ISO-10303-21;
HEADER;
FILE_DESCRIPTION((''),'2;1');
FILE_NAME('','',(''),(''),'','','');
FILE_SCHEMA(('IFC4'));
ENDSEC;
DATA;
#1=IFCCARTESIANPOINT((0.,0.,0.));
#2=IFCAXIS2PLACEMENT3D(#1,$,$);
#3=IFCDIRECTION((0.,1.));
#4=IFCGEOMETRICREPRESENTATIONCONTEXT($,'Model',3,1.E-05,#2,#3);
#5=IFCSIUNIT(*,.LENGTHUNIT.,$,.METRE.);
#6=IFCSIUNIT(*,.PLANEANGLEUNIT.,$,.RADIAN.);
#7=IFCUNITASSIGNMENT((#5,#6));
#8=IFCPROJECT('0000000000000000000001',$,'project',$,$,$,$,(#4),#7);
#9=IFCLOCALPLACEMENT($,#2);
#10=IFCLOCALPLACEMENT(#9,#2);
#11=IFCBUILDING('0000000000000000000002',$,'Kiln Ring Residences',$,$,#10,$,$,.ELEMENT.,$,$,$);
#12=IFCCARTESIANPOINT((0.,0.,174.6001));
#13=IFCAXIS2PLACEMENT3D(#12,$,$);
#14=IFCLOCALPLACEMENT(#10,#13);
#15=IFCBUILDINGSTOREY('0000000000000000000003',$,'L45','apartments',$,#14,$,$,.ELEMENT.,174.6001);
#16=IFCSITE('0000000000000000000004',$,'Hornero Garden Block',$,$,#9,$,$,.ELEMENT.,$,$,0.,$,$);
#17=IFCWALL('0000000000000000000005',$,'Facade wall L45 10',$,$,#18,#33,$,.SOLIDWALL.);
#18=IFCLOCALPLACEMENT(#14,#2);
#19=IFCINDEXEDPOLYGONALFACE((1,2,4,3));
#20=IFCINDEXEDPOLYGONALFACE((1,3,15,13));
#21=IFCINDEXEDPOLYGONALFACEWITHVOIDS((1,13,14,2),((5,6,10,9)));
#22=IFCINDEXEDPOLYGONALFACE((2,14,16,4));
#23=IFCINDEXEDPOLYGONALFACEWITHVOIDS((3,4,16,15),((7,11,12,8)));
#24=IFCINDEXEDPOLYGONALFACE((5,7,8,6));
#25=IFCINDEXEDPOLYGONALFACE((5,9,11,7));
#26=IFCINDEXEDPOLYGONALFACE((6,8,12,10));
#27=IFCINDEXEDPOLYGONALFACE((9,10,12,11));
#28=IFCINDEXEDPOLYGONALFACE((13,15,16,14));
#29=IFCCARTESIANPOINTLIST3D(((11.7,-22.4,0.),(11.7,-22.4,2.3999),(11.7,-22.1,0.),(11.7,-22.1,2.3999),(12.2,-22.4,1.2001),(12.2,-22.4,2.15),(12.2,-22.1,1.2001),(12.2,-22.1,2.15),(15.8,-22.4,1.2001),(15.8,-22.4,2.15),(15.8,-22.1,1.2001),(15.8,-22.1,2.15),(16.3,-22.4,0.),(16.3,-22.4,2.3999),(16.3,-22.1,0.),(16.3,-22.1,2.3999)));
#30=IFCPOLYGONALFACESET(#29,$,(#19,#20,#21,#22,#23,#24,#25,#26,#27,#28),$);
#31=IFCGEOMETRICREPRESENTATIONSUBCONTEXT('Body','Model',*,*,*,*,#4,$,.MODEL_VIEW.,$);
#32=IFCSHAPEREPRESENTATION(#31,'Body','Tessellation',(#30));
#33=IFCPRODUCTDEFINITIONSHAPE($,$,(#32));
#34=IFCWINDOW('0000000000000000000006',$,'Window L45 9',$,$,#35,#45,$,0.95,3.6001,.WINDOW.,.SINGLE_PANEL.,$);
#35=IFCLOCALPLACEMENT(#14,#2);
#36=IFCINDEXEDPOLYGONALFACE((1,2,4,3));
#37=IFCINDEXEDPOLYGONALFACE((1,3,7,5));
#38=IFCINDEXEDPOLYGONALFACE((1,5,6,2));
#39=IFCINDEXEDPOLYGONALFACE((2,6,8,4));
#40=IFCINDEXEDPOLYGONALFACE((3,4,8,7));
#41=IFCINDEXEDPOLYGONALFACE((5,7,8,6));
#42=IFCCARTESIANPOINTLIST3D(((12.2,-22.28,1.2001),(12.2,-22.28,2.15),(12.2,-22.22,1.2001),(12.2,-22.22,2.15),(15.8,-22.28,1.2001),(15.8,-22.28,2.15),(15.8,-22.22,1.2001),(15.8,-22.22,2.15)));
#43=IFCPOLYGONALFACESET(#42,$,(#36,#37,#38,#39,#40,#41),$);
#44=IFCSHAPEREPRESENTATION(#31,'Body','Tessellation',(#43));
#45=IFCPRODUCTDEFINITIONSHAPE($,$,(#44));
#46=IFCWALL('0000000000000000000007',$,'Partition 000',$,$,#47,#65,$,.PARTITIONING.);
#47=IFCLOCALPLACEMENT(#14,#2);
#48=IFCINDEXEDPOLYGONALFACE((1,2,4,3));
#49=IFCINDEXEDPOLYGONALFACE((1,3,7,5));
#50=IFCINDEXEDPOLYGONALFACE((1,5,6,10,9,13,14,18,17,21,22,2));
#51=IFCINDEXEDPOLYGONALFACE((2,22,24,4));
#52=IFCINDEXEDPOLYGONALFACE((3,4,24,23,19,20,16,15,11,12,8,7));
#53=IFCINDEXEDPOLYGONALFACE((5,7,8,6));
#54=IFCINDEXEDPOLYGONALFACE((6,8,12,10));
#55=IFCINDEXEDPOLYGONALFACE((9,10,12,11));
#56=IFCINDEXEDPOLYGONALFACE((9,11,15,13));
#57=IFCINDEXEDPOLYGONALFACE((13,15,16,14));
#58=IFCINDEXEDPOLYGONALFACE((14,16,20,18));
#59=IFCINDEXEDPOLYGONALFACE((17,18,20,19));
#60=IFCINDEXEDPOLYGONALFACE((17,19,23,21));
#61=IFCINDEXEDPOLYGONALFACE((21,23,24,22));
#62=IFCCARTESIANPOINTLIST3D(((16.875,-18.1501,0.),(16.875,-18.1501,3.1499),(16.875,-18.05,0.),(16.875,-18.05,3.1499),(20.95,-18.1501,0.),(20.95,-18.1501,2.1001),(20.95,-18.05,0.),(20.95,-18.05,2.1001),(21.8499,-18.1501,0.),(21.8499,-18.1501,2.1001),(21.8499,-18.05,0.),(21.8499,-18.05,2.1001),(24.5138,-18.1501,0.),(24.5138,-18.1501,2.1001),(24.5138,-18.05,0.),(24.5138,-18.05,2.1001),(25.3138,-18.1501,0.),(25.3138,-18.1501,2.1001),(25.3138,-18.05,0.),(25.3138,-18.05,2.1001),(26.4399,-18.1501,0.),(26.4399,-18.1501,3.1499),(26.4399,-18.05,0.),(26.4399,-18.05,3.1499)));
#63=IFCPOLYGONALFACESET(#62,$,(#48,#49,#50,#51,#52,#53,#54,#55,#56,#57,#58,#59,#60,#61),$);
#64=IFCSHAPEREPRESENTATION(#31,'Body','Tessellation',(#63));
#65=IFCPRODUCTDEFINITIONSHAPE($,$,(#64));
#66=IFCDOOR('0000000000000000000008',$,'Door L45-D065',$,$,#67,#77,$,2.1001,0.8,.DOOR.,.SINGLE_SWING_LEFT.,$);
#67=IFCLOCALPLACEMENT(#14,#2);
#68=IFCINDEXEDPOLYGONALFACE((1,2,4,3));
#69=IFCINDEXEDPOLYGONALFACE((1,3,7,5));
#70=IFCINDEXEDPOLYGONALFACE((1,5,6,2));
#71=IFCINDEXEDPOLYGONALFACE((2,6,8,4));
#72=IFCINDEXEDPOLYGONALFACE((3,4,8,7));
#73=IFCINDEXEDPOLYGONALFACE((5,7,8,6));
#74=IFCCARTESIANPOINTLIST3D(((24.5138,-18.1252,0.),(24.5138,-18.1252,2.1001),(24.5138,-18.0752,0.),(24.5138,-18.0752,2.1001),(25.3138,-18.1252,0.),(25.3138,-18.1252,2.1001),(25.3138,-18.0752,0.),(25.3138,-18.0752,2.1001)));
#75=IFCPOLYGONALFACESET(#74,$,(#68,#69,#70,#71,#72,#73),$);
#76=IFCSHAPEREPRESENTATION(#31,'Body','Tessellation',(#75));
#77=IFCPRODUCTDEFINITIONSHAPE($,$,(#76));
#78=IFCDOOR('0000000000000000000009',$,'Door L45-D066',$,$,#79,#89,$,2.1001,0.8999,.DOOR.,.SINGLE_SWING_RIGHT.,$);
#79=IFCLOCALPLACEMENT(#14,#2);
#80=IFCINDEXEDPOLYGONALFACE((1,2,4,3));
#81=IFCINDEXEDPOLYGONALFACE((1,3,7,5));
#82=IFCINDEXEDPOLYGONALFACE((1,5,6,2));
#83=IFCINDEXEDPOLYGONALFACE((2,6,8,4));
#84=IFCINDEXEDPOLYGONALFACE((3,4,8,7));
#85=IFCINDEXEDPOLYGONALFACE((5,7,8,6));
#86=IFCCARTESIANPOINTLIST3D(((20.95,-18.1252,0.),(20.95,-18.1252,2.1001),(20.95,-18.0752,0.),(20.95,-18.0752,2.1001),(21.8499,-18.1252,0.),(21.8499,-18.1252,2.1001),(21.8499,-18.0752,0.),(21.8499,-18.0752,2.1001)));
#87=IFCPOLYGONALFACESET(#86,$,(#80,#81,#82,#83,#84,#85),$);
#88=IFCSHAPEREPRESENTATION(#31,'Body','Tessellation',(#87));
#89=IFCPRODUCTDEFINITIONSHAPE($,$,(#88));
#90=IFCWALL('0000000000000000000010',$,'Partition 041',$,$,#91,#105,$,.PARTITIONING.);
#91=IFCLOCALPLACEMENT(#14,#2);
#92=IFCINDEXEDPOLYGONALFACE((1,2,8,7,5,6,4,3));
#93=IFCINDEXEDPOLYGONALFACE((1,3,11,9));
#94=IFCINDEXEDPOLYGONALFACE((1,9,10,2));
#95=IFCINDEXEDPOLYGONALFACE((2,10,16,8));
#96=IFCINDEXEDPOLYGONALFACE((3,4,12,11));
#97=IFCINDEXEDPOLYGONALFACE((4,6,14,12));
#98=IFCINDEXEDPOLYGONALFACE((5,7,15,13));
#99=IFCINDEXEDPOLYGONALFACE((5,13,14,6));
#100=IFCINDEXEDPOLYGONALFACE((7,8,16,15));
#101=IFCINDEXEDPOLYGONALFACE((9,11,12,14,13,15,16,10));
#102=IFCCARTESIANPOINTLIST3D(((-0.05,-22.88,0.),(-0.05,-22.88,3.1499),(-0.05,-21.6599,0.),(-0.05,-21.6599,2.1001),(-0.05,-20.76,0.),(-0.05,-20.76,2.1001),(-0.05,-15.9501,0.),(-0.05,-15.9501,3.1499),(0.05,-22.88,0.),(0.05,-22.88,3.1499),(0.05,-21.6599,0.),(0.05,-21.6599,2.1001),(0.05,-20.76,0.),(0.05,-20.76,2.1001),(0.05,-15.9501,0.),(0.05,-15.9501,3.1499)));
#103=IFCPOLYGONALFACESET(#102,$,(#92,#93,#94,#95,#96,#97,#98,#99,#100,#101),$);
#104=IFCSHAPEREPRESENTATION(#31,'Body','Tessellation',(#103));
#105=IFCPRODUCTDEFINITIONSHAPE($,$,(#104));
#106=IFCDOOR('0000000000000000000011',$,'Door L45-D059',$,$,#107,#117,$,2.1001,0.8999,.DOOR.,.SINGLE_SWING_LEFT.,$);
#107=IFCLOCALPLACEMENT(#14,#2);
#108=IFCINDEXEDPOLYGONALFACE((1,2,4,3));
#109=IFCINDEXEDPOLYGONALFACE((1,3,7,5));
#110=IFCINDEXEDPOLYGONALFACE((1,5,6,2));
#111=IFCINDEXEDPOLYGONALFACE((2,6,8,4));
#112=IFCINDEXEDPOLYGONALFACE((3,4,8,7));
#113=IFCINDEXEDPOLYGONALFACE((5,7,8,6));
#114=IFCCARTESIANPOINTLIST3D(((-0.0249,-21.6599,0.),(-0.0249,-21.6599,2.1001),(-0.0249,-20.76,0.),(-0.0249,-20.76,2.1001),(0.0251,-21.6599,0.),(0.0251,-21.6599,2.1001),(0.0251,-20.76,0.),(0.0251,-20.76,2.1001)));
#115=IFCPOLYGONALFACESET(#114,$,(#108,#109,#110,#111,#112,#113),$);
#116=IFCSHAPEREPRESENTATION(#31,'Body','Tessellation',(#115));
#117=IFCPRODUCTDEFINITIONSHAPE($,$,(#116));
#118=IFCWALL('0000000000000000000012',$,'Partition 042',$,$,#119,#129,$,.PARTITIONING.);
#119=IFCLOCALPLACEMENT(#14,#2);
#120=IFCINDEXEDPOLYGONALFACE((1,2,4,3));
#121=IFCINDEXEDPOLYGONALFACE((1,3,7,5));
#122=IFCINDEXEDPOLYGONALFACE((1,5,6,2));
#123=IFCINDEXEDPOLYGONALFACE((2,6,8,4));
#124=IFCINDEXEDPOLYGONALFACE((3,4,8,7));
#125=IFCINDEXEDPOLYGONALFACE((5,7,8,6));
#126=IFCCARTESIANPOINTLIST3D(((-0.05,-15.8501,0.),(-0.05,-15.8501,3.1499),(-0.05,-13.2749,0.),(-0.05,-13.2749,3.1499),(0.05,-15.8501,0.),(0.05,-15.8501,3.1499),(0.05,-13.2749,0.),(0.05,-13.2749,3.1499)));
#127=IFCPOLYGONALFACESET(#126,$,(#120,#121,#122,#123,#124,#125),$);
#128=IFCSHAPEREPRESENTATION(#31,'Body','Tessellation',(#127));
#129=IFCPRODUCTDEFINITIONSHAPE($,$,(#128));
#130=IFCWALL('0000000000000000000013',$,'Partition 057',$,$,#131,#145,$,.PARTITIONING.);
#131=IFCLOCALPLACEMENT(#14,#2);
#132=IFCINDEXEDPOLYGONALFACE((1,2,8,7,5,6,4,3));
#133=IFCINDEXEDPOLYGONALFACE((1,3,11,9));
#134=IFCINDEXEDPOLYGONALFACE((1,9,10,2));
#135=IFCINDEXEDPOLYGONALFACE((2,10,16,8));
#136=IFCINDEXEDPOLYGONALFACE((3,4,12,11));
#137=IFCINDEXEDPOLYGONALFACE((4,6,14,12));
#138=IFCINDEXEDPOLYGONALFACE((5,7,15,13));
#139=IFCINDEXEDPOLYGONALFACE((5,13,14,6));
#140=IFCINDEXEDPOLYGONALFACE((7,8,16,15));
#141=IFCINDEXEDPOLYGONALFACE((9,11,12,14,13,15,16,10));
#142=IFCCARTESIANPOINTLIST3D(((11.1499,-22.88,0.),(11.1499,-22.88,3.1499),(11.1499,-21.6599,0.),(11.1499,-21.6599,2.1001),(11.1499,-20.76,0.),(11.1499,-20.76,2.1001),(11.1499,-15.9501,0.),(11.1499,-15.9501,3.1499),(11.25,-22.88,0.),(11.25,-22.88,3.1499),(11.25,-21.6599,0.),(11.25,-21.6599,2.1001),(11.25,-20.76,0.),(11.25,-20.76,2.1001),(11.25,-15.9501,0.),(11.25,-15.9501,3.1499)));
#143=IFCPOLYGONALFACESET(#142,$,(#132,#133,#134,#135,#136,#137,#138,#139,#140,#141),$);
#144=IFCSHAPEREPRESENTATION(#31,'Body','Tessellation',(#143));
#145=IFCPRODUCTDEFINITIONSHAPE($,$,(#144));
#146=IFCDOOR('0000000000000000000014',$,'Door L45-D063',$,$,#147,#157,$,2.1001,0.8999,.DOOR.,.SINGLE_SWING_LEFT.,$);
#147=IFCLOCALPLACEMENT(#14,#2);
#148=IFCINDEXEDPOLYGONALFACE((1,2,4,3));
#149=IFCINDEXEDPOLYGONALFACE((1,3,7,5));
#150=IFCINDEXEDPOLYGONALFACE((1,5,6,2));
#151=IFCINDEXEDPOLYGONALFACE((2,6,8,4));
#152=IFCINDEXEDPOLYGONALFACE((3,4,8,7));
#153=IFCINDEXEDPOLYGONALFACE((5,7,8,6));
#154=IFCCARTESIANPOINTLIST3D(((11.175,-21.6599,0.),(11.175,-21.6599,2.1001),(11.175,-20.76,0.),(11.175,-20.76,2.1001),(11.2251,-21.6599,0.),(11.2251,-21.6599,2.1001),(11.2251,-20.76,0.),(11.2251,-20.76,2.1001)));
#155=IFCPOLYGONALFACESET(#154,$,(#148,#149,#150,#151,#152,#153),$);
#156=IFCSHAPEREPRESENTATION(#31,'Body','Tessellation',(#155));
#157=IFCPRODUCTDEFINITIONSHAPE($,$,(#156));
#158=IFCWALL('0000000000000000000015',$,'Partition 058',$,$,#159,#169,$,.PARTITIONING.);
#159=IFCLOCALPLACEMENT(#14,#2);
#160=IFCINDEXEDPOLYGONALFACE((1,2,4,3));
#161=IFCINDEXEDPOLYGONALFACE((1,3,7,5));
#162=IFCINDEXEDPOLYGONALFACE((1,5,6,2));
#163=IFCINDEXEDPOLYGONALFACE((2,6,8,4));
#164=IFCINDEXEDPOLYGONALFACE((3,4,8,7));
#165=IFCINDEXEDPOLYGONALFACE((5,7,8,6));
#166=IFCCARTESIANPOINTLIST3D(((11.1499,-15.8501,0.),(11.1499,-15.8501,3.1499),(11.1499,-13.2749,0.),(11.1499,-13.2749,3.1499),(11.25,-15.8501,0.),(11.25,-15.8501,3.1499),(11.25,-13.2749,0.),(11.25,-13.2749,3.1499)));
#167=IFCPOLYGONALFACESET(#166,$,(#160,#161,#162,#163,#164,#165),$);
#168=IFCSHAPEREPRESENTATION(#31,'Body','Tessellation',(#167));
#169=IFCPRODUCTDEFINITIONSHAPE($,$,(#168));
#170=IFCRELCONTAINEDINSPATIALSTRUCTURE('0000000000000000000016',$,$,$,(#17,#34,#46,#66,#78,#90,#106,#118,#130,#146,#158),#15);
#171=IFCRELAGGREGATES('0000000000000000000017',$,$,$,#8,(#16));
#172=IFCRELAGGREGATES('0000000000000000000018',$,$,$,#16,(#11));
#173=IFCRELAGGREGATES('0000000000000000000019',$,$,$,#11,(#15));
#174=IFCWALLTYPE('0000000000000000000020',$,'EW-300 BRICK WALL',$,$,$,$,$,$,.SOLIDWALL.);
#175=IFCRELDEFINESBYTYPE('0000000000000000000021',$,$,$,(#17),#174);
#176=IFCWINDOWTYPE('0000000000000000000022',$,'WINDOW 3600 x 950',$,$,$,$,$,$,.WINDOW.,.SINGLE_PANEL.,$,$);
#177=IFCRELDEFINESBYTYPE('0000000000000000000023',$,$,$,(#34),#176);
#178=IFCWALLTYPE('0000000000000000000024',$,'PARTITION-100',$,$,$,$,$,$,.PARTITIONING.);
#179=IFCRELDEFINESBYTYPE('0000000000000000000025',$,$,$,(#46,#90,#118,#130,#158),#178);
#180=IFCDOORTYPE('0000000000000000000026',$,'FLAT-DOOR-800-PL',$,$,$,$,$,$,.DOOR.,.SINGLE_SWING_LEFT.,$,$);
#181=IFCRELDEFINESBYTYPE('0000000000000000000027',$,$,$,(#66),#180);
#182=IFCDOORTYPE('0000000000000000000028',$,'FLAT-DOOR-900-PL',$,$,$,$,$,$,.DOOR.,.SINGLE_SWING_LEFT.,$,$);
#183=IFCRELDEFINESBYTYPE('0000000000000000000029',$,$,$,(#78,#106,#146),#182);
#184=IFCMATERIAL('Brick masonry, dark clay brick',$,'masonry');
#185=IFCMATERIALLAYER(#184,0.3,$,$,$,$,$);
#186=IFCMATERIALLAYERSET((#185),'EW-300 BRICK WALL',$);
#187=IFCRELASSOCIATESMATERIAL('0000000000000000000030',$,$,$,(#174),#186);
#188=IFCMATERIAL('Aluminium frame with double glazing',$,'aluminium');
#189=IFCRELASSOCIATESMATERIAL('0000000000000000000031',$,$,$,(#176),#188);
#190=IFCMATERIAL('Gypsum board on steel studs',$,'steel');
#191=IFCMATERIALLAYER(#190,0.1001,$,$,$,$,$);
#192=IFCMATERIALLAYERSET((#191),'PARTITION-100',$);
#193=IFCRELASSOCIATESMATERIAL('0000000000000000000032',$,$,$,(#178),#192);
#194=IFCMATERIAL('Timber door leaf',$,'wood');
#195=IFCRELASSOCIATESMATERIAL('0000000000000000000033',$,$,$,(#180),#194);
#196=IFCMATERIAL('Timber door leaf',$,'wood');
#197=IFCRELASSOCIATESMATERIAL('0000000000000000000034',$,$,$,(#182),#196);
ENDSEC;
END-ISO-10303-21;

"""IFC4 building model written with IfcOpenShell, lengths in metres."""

from ifc_helpers import new_model, si_unit, direction, frame, frame_2d, origin, place, context, subcontext, project, spatial, rectangle, extrude, material, layer, layer_set, type_object, element, fill, save


model = new_model("IFC4")

# Units and contexts
model_context = context("Model", 3, precision=1e-05, world=origin(), true_north=direction((0.0, 1.0)))
body_context = subcontext(model_context, "Body", "Model", "MODEL_VIEW")
ifc_project = project(units=[si_unit("LENGTHUNIT", "METRE"), si_unit("PLANEANGLEUNIT", "RADIAN")], contexts=[model_context])

# Site, building, storey
site_placement = place(None, origin())
site = spatial("IfcSite", under=ifc_project, at=site_placement, Name="Hornero Garden Block", CompositionType="ELEMENT", RefElevation=0.0)
building_placement = place(site_placement, origin())
building = spatial("IfcBuilding", under=site, at=building_placement, Name="Kiln Ring Residences", CompositionType="ELEMENT")
storey_placement = place(building_placement, frame((0.0, 0.0, 174.6001)))
storey = spatial("IfcBuildingStorey", under=building, at=storey_placement, Name="L45", Description="apartments", CompositionType="ELEMENT", Elevation=174.6001)

# Wall, opening, window
ifc_material_1 = material(Name="Brick masonry, dark clay brick", Category="masonry")
ifc_layer_1 = layer(ifc_material_1, 0.3)
ifc_layer_set_1 = layer_set([ifc_layer_1], Name="EW-300 BRICK WALL")
wall_type_1 = type_object("IfcWallType", Name="EW-300 BRICK WALL", PredefinedType="SOLIDWALL", material=ifc_layer_set_1)
ifc_material_2 = material(Name="Aluminium frame with double glazing", Category="aluminium")
window_type = type_object("IfcWindowType", Name="WINDOW 3600 x 950", PartitioningType="SINGLE_PANEL", PredefinedType="WINDOW", material=ifc_material_2)
wall_1_placement = place(storey_placement, frame((11.7, -22.25, 0.0), z_axis=(0.0, 0.0, 1.0), x_axis=(1.0, 0.0, 0.0)))
wall_1 = element("IfcWall", 1, at=wall_1_placement, inside=storey, type_object=wall_type_1, Name="Facade wall L45 10", PredefinedType="SOLIDWALL", context=body_context, shape_type="SweptSolid", body=[
    extrude(rectangle(XDim=4.6001, YDim=0.3, at=frame_2d((2.3, 0.0))), origin(), (0.0, 0.0, 1.0), 2.3999),
])
opening_1_placement = place(wall_1_placement, frame((0.5, 0.0, 1.2)))
opening_1 = element("IfcOpeningElement", 2, at=opening_1_placement, cuts=wall_1, PredefinedType="OPENING", context=body_context, shape_type="SweptSolid", body=[
    extrude(rectangle(XDim=3.6001, YDim=0.95, at=frame_2d((1.8, 0.4751))), frame((0.0, 0.1599, 0.0), z_axis=(0.0, -1.0, 0.0), x_axis=(1.0, 0.0, 0.0)), (0.0, 0.0, 1.0), 0.3201),
])
window_1_placement = place(opening_1_placement, origin())
window_1 = element("IfcWindow", 3, at=window_1_placement, inside=storey, type_object=window_type, Name="Window L45 9", OverallHeight=0.95, OverallWidth=3.6001, PartitioningType="SINGLE_PANEL", PredefinedType="WINDOW", context=body_context, shape_type="SweptSolid", body=[
    extrude(rectangle(XDim=3.6001, YDim=0.95, at=frame_2d((1.8, 0.4751))), frame((0.0, 0.03, 0.0), z_axis=(0.0, -1.0, 0.0), x_axis=(1.0, 0.0, 0.0)), (0.0, 0.0, 1.0), 0.0601),
])
fill(opening_1, window_1)

# Wall, openings, doors
ifc_material_3 = material(Name="Gypsum board on steel studs", Category="steel")
ifc_layer_2 = layer(ifc_material_3, 0.1001)
ifc_layer_set_2 = layer_set([ifc_layer_2], Name="PARTITION-100")
wall_type_2 = type_object("IfcWallType", Name="PARTITION-100", PredefinedType="PARTITIONING", material=ifc_layer_set_2)
wall_2_placement = place(storey_placement, frame((16.875, -18.1001, 0.0), z_axis=(0.0, 0.0, 1.0), x_axis=(1.0, 0.0, 0.0)))
wall_2 = element("IfcWall", 4, at=wall_2_placement, inside=storey, type_object=wall_type_2, Name="Partition 000", PredefinedType="PARTITIONING", context=body_context, shape_type="SweptSolid", body=[
    extrude(rectangle(XDim=9.5649, YDim=0.1001, at=frame_2d((4.7825, 0.0))), origin(), (0.0, 0.0, 1.0), 3.1499),
])
opening_2_placement = place(wall_2_placement, frame((7.6389, 0.0, 0.0)))
opening_2 = element("IfcOpeningElement", 5, at=opening_2_placement, cuts=wall_2, PredefinedType="OPENING", context=body_context, shape_type="SweptSolid", body=[
    extrude(rectangle(XDim=0.8, YDim=2.1001, at=frame_2d((0.3999, 1.05))), frame((0.0, 0.0601, 0.0), z_axis=(0.0, -1.0, 0.0), x_axis=(1.0, 0.0, 0.0)), (0.0, 0.0, 1.0), 0.1201),
])
opening_3_placement = place(wall_2_placement, frame((4.075, 0.0, 0.0)))
opening_3 = element("IfcOpeningElement", 6, at=opening_3_placement, cuts=wall_2, PredefinedType="OPENING", context=body_context, shape_type="SweptSolid", body=[
    extrude(rectangle(XDim=0.8999, YDim=2.1001, at=frame_2d((0.45, 1.05))), frame((0.0, 0.0601, 0.0), z_axis=(0.0, -1.0, 0.0), x_axis=(1.0, 0.0, 0.0)), (0.0, 0.0, 1.0), 0.1201),
])
ifc_material_4 = material(Name="Timber door leaf", Category="wood")
door_type_1 = type_object("IfcDoorType", Name="FLAT-DOOR-800-PL", OperationType="SINGLE_SWING_LEFT", PredefinedType="DOOR", material=ifc_material_4)
door_1_placement = place(opening_2_placement, origin())
door_1 = element("IfcDoor", 7, at=door_1_placement, inside=storey, type_object=door_type_1, Name="Door L45-D065", OperationType="SINGLE_SWING_LEFT", OverallHeight=2.1001, OverallWidth=0.8, PredefinedType="DOOR", context=body_context, shape_type="SweptSolid", body=[
    extrude(rectangle(XDim=0.8, YDim=2.1001, at=frame_2d((0.3999, 1.05))), frame((0.0, 0.0249, 0.0), z_axis=(0.0, -1.0, 0.0), x_axis=(1.0, 0.0, 0.0)), (0.0, 0.0, 1.0), 0.05),
])
fill(opening_2, door_1)
ifc_material_5 = material(Name="Timber door leaf", Category="wood")
door_type_2 = type_object("IfcDoorType", Name="FLAT-DOOR-900-PL", OperationType="SINGLE_SWING_LEFT", PredefinedType="DOOR", material=ifc_material_5)
door_2_placement = place(opening_3_placement, origin())
door_2 = element("IfcDoor", 8, at=door_2_placement, inside=storey, type_object=door_type_2, Name="Door L45-D066", OperationType="SINGLE_SWING_RIGHT", OverallHeight=2.1001, OverallWidth=0.8999, PredefinedType="DOOR", context=body_context, shape_type="SweptSolid", body=[
    extrude(rectangle(XDim=0.8999, YDim=2.1001, at=frame_2d((0.45, 1.05))), frame((0.0, 0.0249, 0.0), z_axis=(0.0, -1.0, 0.0), x_axis=(1.0, 0.0, 0.0)), (0.0, 0.0, 1.0), 0.05),
])
fill(opening_3, door_2)

# Wall, opening, door
wall_3_placement = place(storey_placement, frame((0.0, -22.8799, 0.0), z_axis=(0.0, 0.0, 1.0), x_axis=(0.0, 1.0, 0.0)))
wall_3 = element("IfcWall", 9, at=wall_3_placement, inside=storey, type_object=wall_type_2, Name="Partition 041", PredefinedType="PARTITIONING", context=body_context, shape_type="SweptSolid", body=[
    extrude(rectangle(XDim=6.9299, YDim=0.1001, at=frame_2d((3.4648, 0.0))), origin(), (0.0, 0.0, 1.0), 3.1499),
])
opening_4_placement = place(wall_3_placement, frame((1.22, 0.0, 0.0)))
opening_4 = element("IfcOpeningElement", 10, at=opening_4_placement, cuts=wall_3, PredefinedType="OPENING", context=body_context, shape_type="SweptSolid", body=[
    extrude(rectangle(XDim=0.8999, YDim=2.1001, at=frame_2d((0.45, 1.05))), frame((0.0, 0.0601, 0.0), z_axis=(0.0, -1.0, 0.0), x_axis=(1.0, 0.0, 0.0)), (0.0, 0.0, 1.0), 0.1201),
])
door_3_placement = place(opening_4_placement, origin())
door_3 = element("IfcDoor", 11, at=door_3_placement, inside=storey, type_object=door_type_2, Name="Door L45-D059", OperationType="SINGLE_SWING_LEFT", OverallHeight=2.1001, OverallWidth=0.8999, PredefinedType="DOOR", context=body_context, shape_type="SweptSolid", body=[
    extrude(rectangle(XDim=0.8999, YDim=2.1001, at=frame_2d((0.45, 1.05))), frame((0.0, 0.0249, 0.0), z_axis=(0.0, -1.0, 0.0), x_axis=(1.0, 0.0, 0.0)), (0.0, 0.0, 1.0), 0.05),
])
fill(opening_4, door_3)

# Wall
wall_4_placement = place(storey_placement, frame((0.0, -15.8501, 0.0), z_axis=(0.0, 0.0, 1.0), x_axis=(0.0, 1.0, 0.0)))
element("IfcWall", 12, at=wall_4_placement, inside=storey, type_object=wall_type_2, Name="Partition 042", PredefinedType="PARTITIONING", context=body_context, shape_type="SweptSolid", body=[
    extrude(rectangle(XDim=2.5752, YDim=0.1001, at=frame_2d((1.2876, 0.0))), origin(), (0.0, 0.0, 1.0), 3.1499),
])

# Wall, opening, door
wall_5_placement = place(storey_placement, frame((11.2, -22.8799, 0.0), z_axis=(0.0, 0.0, 1.0), x_axis=(0.0, 1.0, 0.0)))
wall_5 = element("IfcWall", 13, at=wall_5_placement, inside=storey, type_object=wall_type_2, Name="Partition 057", PredefinedType="PARTITIONING", context=body_context, shape_type="SweptSolid", body=[
    extrude(rectangle(XDim=6.9299, YDim=0.1001, at=frame_2d((3.4648, 0.0))), origin(), (0.0, 0.0, 1.0), 3.1499),
])
opening_5_placement = place(wall_5_placement, frame((1.22, 0.0, 0.0)))
opening_5 = element("IfcOpeningElement", 14, at=opening_5_placement, cuts=wall_5, PredefinedType="OPENING", context=body_context, shape_type="SweptSolid", body=[
    extrude(rectangle(XDim=0.8999, YDim=2.1001, at=frame_2d((0.45, 1.05))), frame((0.0, 0.0601, 0.0), z_axis=(0.0, -1.0, 0.0), x_axis=(1.0, 0.0, 0.0)), (0.0, 0.0, 1.0), 0.1201),
])
door_4_placement = place(opening_5_placement, origin())
door_4 = element("IfcDoor", 15, at=door_4_placement, inside=storey, type_object=door_type_2, Name="Door L45-D063", OperationType="SINGLE_SWING_LEFT", OverallHeight=2.1001, OverallWidth=0.8999, PredefinedType="DOOR", context=body_context, shape_type="SweptSolid", body=[
    extrude(rectangle(XDim=0.8999, YDim=2.1001, at=frame_2d((0.45, 1.05))), frame((0.0, 0.0249, 0.0), z_axis=(0.0, -1.0, 0.0), x_axis=(1.0, 0.0, 0.0)), (0.0, 0.0, 1.0), 0.05),
])
fill(opening_5, door_4)

# Wall
wall_6_placement = place(storey_placement, frame((11.2, -15.8501, 0.0), z_axis=(0.0, 0.0, 1.0), x_axis=(0.0, 1.0, 0.0)))
element("IfcWall", 16, at=wall_6_placement, inside=storey, type_object=wall_type_2, Name="Partition 058", PredefinedType="PARTITIONING", context=body_context, shape_type="SweptSolid", body=[
    extrude(rectangle(XDim=2.5752, YDim=0.1001, at=frame_2d((1.2876, 0.0))), origin(), (0.0, 0.0, 1.0), 3.1499),
])

save(model, "model.ifc")
